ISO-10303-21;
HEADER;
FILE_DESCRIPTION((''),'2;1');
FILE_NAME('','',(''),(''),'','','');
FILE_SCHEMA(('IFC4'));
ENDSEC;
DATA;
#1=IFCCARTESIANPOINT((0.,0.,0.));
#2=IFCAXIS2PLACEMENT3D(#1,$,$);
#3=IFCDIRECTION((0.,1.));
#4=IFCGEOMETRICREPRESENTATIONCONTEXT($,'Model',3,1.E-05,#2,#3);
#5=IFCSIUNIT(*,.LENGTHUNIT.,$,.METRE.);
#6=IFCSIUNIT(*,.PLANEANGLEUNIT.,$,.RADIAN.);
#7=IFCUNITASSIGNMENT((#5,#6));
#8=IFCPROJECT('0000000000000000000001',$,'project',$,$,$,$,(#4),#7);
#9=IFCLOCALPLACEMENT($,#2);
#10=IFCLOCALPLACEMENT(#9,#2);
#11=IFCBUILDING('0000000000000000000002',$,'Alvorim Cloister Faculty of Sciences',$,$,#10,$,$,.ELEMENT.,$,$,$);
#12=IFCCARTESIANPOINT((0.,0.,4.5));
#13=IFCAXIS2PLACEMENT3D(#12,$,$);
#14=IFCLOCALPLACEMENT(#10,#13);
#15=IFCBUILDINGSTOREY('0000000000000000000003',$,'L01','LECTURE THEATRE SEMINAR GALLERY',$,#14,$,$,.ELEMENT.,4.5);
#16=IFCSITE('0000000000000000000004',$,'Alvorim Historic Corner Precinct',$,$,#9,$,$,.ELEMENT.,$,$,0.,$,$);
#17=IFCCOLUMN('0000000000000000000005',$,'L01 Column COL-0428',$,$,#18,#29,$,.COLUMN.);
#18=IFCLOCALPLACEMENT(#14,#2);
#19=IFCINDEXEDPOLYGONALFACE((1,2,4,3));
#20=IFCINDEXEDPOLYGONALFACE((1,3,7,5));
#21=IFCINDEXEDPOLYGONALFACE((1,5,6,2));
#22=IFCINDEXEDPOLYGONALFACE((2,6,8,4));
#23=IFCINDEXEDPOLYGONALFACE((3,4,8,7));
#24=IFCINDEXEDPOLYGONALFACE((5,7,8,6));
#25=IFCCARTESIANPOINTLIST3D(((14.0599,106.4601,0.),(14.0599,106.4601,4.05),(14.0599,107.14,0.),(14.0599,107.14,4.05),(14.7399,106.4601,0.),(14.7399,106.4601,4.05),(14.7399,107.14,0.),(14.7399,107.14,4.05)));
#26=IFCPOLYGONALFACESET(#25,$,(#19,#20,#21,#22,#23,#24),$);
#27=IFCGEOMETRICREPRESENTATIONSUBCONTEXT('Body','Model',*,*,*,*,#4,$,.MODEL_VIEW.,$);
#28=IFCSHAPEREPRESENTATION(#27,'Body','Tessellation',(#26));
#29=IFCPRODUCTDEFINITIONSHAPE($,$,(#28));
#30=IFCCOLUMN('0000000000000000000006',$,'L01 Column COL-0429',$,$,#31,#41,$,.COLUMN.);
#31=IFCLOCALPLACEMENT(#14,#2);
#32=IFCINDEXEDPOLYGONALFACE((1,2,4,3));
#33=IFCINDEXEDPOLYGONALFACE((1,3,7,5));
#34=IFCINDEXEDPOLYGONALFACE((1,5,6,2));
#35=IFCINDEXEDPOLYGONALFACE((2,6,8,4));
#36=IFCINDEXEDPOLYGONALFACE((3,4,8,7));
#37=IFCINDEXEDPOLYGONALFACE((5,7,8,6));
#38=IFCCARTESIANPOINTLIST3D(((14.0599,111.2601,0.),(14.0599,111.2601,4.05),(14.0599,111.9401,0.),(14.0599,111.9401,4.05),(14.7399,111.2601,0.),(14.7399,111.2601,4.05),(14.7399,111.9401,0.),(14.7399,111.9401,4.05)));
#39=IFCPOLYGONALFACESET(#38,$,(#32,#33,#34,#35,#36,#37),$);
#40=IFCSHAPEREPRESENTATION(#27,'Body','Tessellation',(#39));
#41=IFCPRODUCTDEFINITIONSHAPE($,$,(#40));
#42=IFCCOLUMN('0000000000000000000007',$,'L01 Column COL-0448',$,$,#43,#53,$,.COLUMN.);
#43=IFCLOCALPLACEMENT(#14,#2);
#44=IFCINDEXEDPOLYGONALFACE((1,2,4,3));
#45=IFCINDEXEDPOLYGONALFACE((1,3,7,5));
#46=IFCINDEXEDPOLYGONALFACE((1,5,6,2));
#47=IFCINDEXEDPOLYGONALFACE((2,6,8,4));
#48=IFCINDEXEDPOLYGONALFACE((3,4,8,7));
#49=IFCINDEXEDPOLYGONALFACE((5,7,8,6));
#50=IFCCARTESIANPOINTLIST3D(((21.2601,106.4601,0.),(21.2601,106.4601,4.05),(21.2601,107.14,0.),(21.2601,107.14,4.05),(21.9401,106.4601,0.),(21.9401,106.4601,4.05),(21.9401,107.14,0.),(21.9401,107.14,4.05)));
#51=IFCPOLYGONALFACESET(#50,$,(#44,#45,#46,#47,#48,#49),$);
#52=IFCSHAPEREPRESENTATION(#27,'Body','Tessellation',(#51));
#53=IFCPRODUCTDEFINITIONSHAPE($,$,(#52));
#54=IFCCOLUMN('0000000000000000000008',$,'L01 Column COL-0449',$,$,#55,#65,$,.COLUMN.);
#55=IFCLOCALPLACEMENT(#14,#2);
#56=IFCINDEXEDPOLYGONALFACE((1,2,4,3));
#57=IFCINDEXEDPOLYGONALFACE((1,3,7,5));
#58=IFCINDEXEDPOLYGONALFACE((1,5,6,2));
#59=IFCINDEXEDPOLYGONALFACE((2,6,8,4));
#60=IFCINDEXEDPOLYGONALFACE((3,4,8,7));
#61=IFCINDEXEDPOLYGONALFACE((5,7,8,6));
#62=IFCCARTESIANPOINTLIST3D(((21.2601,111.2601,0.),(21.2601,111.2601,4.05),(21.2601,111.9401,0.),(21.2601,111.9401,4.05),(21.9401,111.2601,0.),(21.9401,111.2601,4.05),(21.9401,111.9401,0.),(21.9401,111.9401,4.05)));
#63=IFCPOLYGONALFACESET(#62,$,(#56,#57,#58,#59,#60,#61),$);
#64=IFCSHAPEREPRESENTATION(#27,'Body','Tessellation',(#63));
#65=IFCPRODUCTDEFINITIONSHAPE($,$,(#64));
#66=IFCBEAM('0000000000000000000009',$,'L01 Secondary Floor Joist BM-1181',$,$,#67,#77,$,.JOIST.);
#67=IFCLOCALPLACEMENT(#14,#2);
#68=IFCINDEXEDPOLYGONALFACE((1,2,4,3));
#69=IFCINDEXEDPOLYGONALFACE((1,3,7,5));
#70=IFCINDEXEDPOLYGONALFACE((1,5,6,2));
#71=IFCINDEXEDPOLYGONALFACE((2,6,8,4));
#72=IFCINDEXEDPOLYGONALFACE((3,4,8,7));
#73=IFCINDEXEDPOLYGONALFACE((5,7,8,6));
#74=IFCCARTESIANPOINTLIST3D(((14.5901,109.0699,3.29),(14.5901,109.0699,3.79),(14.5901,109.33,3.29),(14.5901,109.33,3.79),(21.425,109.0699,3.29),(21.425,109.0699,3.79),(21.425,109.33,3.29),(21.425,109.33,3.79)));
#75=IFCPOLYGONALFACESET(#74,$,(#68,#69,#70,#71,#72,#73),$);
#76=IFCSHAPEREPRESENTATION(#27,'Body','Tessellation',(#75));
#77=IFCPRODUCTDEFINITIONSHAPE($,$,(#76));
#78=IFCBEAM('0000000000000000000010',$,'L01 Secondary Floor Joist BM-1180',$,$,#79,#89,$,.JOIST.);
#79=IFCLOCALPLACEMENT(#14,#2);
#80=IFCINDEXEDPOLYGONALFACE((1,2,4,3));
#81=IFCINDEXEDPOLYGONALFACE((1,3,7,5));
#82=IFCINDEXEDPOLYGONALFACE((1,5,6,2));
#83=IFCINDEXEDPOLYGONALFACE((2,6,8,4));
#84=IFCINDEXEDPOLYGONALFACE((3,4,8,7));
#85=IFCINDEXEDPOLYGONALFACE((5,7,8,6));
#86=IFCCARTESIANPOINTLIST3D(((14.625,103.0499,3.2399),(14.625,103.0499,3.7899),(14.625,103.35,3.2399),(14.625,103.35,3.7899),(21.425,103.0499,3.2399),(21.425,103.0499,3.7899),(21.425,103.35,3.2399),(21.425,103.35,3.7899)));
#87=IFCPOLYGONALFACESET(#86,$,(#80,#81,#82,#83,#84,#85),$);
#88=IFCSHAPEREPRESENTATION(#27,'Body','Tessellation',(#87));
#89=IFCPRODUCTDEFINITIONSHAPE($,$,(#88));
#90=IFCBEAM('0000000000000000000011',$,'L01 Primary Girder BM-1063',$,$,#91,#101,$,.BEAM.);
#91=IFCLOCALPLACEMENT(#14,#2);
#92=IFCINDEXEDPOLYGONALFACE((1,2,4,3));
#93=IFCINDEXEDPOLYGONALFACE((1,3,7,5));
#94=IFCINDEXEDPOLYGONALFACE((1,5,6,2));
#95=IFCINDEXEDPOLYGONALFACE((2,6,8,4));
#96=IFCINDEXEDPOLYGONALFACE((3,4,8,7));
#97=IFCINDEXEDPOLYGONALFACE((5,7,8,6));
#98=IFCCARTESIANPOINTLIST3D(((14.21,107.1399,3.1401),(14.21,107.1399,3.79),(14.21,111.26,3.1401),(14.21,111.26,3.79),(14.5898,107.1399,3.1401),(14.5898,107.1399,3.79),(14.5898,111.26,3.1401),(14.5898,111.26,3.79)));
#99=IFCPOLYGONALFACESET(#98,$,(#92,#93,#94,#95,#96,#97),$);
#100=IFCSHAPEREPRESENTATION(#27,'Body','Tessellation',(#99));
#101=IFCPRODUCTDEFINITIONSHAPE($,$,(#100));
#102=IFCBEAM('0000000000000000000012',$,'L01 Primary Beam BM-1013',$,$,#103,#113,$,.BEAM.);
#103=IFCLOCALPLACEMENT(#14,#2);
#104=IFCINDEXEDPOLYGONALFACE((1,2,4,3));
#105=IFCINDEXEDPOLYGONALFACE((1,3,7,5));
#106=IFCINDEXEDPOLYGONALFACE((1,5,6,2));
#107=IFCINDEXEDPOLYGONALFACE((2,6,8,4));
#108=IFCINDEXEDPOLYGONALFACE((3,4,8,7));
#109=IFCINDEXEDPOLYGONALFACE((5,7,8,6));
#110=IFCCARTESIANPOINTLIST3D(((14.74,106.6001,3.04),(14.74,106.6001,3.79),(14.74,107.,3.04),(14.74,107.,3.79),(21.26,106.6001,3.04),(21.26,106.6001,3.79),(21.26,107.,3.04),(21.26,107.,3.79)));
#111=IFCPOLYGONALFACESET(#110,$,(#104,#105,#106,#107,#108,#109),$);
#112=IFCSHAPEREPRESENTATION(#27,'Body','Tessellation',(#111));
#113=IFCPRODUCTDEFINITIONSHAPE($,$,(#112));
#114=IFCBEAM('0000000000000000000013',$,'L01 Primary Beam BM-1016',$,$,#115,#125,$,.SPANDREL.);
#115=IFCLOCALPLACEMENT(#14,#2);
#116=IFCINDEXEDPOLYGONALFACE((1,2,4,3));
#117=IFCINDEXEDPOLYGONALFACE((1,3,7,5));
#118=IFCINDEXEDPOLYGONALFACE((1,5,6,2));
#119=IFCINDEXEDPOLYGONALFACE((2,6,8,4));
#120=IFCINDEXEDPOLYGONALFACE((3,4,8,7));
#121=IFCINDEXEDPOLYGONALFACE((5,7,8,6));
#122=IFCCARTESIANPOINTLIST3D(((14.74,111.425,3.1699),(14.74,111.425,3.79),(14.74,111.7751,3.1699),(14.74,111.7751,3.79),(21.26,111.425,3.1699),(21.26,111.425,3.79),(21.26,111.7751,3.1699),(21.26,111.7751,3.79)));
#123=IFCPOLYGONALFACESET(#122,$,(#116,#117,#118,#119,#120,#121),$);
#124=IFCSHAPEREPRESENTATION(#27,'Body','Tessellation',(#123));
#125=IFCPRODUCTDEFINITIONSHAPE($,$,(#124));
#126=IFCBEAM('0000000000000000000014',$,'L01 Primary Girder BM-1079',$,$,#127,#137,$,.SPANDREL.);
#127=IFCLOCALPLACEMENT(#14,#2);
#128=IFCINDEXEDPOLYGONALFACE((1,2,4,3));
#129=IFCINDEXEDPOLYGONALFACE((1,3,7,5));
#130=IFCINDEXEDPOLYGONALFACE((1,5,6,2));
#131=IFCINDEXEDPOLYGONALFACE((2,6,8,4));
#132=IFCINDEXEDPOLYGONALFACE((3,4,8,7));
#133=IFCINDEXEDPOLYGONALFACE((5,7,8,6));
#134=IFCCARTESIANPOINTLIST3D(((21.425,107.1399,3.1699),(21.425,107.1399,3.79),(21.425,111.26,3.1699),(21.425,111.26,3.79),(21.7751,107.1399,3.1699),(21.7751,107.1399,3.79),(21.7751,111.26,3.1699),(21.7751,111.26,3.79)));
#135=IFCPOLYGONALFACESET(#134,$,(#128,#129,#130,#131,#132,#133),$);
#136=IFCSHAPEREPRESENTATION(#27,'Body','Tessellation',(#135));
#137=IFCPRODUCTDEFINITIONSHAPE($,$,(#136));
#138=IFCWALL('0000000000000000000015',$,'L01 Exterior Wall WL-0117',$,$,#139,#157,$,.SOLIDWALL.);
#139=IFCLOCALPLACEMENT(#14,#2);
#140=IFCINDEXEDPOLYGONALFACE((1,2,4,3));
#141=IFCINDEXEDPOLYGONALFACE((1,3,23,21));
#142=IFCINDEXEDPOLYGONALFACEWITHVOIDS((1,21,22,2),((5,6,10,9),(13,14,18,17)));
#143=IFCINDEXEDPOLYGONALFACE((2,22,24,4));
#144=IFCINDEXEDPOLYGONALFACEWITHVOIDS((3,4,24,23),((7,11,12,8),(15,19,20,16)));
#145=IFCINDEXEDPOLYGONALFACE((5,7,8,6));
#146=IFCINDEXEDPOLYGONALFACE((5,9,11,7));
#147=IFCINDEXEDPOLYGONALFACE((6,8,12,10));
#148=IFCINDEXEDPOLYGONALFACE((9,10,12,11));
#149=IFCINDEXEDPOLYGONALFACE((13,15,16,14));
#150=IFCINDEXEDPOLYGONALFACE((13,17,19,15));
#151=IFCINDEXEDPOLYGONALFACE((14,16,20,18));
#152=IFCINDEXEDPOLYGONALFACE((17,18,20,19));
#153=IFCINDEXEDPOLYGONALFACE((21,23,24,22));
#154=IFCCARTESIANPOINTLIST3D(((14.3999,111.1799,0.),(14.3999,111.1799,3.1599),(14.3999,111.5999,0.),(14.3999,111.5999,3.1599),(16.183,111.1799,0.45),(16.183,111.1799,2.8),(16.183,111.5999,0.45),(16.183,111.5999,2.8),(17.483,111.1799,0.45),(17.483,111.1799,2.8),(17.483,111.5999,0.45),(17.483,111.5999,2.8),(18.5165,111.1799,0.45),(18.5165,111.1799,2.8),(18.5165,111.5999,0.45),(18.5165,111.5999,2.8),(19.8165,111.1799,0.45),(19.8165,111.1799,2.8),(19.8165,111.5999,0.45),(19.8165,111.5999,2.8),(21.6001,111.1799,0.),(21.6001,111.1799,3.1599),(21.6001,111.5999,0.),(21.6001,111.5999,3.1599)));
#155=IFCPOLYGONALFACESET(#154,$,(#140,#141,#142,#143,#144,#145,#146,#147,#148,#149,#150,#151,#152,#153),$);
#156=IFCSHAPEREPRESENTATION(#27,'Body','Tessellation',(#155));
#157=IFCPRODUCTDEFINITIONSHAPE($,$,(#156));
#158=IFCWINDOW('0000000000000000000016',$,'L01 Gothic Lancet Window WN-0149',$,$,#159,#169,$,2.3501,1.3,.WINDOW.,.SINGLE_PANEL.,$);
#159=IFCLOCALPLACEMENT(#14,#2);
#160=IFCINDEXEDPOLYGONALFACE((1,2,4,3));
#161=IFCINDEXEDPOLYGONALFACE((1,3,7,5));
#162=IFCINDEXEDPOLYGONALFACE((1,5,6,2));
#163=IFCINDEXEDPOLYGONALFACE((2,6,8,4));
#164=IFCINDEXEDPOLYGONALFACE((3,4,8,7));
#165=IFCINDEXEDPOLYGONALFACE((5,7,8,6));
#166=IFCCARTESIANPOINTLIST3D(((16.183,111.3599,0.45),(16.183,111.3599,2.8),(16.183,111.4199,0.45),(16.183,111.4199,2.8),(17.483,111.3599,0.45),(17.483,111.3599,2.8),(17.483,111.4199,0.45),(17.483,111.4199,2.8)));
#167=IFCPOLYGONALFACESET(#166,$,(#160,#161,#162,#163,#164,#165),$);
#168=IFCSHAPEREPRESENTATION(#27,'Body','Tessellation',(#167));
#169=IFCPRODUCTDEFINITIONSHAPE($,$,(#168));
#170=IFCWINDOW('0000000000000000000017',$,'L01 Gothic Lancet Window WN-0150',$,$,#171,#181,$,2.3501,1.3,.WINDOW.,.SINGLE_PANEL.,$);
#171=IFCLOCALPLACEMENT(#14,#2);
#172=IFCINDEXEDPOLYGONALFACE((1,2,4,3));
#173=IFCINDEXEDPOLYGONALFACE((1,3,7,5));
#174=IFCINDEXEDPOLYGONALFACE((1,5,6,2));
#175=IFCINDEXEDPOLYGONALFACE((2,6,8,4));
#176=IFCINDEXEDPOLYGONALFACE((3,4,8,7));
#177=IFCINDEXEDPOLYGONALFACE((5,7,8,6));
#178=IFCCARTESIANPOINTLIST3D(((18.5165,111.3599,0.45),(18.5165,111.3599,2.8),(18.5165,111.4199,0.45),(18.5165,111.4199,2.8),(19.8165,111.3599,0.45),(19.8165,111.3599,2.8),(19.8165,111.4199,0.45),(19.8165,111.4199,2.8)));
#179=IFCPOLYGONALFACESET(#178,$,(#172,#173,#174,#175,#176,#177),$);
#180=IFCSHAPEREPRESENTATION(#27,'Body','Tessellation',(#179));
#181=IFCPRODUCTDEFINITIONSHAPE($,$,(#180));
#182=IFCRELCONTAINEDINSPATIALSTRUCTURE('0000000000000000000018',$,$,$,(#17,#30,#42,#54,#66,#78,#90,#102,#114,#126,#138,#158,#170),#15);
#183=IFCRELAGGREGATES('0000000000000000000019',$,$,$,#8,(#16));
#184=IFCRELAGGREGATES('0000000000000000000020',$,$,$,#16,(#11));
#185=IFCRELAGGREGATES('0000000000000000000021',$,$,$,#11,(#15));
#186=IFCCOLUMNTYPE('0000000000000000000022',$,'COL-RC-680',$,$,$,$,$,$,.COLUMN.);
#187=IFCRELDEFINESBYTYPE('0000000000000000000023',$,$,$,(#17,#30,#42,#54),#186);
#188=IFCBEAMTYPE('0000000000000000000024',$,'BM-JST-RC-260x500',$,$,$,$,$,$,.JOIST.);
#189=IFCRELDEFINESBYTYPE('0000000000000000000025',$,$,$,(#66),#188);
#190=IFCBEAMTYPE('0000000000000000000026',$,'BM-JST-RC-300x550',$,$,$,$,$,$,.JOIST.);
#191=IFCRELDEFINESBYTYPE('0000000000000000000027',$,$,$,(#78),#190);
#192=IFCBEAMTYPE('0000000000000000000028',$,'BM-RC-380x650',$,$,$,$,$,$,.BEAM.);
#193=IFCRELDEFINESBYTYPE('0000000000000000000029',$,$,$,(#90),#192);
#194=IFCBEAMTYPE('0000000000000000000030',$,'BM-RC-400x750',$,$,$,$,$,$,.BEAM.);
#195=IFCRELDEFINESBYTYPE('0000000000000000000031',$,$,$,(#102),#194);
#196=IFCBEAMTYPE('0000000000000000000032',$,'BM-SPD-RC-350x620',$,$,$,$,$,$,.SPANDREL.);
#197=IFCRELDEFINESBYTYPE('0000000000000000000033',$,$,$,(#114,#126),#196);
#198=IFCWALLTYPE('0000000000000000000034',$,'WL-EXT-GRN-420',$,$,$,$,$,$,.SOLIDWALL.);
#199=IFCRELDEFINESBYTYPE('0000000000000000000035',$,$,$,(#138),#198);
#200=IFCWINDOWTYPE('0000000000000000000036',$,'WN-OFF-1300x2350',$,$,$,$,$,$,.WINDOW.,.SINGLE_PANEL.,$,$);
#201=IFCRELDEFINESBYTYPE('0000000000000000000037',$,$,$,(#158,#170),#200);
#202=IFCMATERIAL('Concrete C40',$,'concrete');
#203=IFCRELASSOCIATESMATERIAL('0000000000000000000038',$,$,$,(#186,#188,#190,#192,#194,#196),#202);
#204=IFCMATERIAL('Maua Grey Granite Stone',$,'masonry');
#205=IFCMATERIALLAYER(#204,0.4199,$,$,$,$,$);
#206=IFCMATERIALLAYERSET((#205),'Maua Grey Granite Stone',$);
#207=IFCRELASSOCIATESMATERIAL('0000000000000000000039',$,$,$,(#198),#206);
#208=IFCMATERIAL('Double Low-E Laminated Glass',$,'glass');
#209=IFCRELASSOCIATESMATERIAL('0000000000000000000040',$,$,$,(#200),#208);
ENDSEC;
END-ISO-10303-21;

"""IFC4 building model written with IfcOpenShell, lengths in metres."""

from ifc_helpers import new_model, si_unit, direction, frame, frame_2d, origin, origin_2d, place, context, subcontext, project, spatial, rectangle, extrude, material, layer, layer_set, material_profile, profile_set, type_object, element, fill, save


model = new_model("IFC4")

# Units and contexts
model_context = context("Model", 3, precision=1e-05, world=origin(), true_north=direction((0.0, 1.0)))
body_context = subcontext(model_context, "Body", "Model", "MODEL_VIEW")
ifc_project = project(units=[si_unit("LENGTHUNIT", "METRE"), si_unit("PLANEANGLEUNIT", "RADIAN")], contexts=[model_context])

# Site, building, storey
site_placement = place(None, origin())
site = spatial("IfcSite", under=ifc_project, at=site_placement, Name="Alvorim Historic Corner Precinct", CompositionType="ELEMENT", RefElevation=0.0)
building_placement = place(site_placement, origin())
building = spatial("IfcBuilding", under=site, at=building_placement, Name="Alvorim Cloister Faculty of Sciences", CompositionType="ELEMENT")
storey_placement = place(building_placement, frame((0.0, 0.0, 4.5)))
storey = spatial("IfcBuildingStorey", under=building, at=storey_placement, Name="L01", Description="LECTURE THEATRE SEMINAR GALLERY", CompositionType="ELEMENT", Elevation=4.5)

# Columns
ifc_material_1 = material(Name="Concrete C40", Category="concrete")
ifc_material_profile_1 = material_profile(ifc_material_1, rectangle(XDim=0.6799, YDim=0.6799, at=origin_2d()), Name="RC40-COL-680x680")
ifc_profile_set_1 = profile_set([ifc_material_profile_1], Name="Concrete C40")
column_type = type_object("IfcColumnType", Name="COL-RC-680", PredefinedType="COLUMN", material=ifc_profile_set_1)
for number, where, z_axis, x_axis, name in (
    (1, (14.3999, 106.8, 0.0), (0.0, 0.0, 1.0), (1.0, 0.0, 0.0), "L01 Column COL-0428"),
    (2, (14.3999, 111.6001, 0.0), (0.0, 0.0, 1.0), (1.0, 0.0, 0.0), "L01 Column COL-0429"),
    (3, (21.6001, 106.8, 0.0), (0.0, 0.0, 1.0), (1.0, 0.0, 0.0), "L01 Column COL-0448"),
    (4, (21.6001, 111.6001, 0.0), (0.0, 0.0, 1.0), (1.0, 0.0, 0.0), "L01 Column COL-0449"),
):
    element("IfcColumn", number, at=place(storey_placement, frame(where, z_axis=z_axis, x_axis=x_axis)), inside=storey, type_object=column_type, Name=name, PredefinedType="COLUMN", context=body_context, shape_type="SweptSolid", body=[
        extrude(rectangle(XDim=0.6799, YDim=0.6799, at=origin_2d()), origin(), (0.0, 0.0, 1.0), 4.05),
    ])

# Beams
ifc_material_profile_2 = material_profile(ifc_material_1, rectangle(XDim=0.26, YDim=0.5, at=origin_2d()), Name="RC40-JST-260x500")
ifc_profile_set_2 = profile_set([ifc_material_profile_2], Name="Concrete C40")
beam_type_1 = type_object("IfcBeamType", Name="BM-JST-RC-260x500", PredefinedType="JOIST", material=ifc_profile_set_2)
beam_1_placement = place(storey_placement, frame((14.5901, 109.2, 3.54), z_axis=(1.0, 0.0, 0.0), x_axis=(0.0, 1.0, 0.0)))
element("IfcBeam", 5, at=beam_1_placement, inside=storey, type_object=beam_type_1, Name="L01 Secondary Floor Joist BM-1181", PredefinedType="JOIST", context=body_context, shape_type="SweptSolid", body=[
    extrude(rectangle(XDim=0.26, YDim=0.5, at=origin_2d()), origin(), (0.0, 0.0, 1.0), 6.835),
])
ifc_material_profile_3 = material_profile(ifc_material_1, rectangle(XDim=0.3, YDim=0.55, at=origin_2d()), Name="RC40-JST-300x550")
ifc_profile_set_3 = profile_set([ifc_material_profile_3], Name="Concrete C40")
beam_type_2 = type_object("IfcBeamType", Name="BM-JST-RC-300x550", PredefinedType="JOIST", material=ifc_profile_set_3)
beam_2_placement = place(storey_placement, frame((14.625, 103.2, 3.5149), z_axis=(1.0, 0.0, 0.0), x_axis=(0.0, 1.0, 0.0)))
element("IfcBeam", 6, at=beam_2_placement, inside=storey, type_object=beam_type_2, Name="L01 Secondary Floor Joist BM-1180", PredefinedType="JOIST", context=body_context, shape_type="SweptSolid", body=[
    extrude(rectangle(XDim=0.3, YDim=0.55, at=origin_2d()), origin(), (0.0, 0.0, 1.0), 6.8),
])
ifc_material_profile_4 = material_profile(ifc_material_1, rectangle(XDim=0.3799, YDim=0.6499, at=origin_2d()), Name="RC40-BM-380x650")
ifc_profile_set_4 = profile_set([ifc_material_profile_4], Name="Concrete C40")
beam_type_3 = type_object("IfcBeamType", Name="BM-RC-380x650", PredefinedType="BEAM", material=ifc_profile_set_4)
beam_3_placement = place(storey_placement, frame((14.3999, 107.1399, 3.4651), z_axis=(0.0, 1.0, 0.0), x_axis=(-1.0, 0.0, 0.0)))
element("IfcBeam", 7, at=beam_3_placement, inside=storey, type_object=beam_type_3, Name="L01 Primary Girder BM-1063", PredefinedType="BEAM", context=body_context, shape_type="SweptSolid", body=[
    extrude(rectangle(XDim=0.3799, YDim=0.6499, at=origin_2d()), origin(), (0.0, 0.0, 1.0), 4.1201),
])
ifc_material_profile_5 = material_profile(ifc_material_1, rectangle(XDim=0.3999, YDim=0.75, at=origin_2d()), Name="RC40-BM-400x750")
ifc_profile_set_5 = profile_set([ifc_material_profile_5], Name="Concrete C40")
beam_type_4 = type_object("IfcBeamType", Name="BM-RC-400x750", PredefinedType="BEAM", material=ifc_profile_set_5)
beam_4_placement = place(storey_placement, frame((14.74, 106.8, 3.415), z_axis=(1.0, 0.0, 0.0), x_axis=(0.0, 1.0, 0.0)))
element("IfcBeam", 8, at=beam_4_placement, inside=storey, type_object=beam_type_4, Name="L01 Primary Beam BM-1013", PredefinedType="BEAM", context=body_context, shape_type="SweptSolid", body=[
    extrude(rectangle(XDim=0.3999, YDim=0.75, at=origin_2d()), origin(), (0.0, 0.0, 1.0), 6.52),
])
ifc_material_profile_6 = material_profile(ifc_material_1, rectangle(XDim=0.3501, YDim=0.6201, at=origin_2d()), Name="RC40-SPD-350x620")
ifc_profile_set_6 = profile_set([ifc_material_profile_6], Name="Concrete C40")
beam_type_5 = type_object("IfcBeamType", Name="BM-SPD-RC-350x620", PredefinedType="SPANDREL", material=ifc_profile_set_6)
beam_5_placement = place(storey_placement, frame((14.74, 111.6001, 3.48), z_axis=(1.0, 0.0, 0.0), x_axis=(0.0, 1.0, 0.0)))
element("IfcBeam", 9, at=beam_5_placement, inside=storey, type_object=beam_type_5, Name="L01 Primary Beam BM-1016", PredefinedType="SPANDREL", context=body_context, shape_type="SweptSolid", body=[
    extrude(rectangle(XDim=0.3501, YDim=0.6201, at=origin_2d()), origin(), (0.0, 0.0, 1.0), 6.52),
])
beam_6_placement = place(storey_placement, frame((21.6001, 107.1399, 3.48), z_axis=(0.0, 1.0, 0.0), x_axis=(-1.0, 0.0, 0.0)))
element("IfcBeam", 10, at=beam_6_placement, inside=storey, type_object=beam_type_5, Name="L01 Primary Girder BM-1079", PredefinedType="SPANDREL", context=body_context, shape_type="SweptSolid", body=[
    extrude(rectangle(XDim=0.3501, YDim=0.6201, at=origin_2d()), origin(), (0.0, 0.0, 1.0), 4.1201),
])

# Wall, openings, windows
ifc_material_2 = material(Name="Maua Grey Granite Stone", Category="masonry")
ifc_layer_1 = layer(ifc_material_2, 0.4199)
ifc_layer_set_1 = layer_set([ifc_layer_1], Name="Maua Grey Granite Stone")
wall_type = type_object("IfcWallType", Name="WL-EXT-GRN-420", PredefinedType="SOLIDWALL", material=ifc_layer_set_1)
wall_1_placement = place(storey_placement, frame((14.3999, 111.3899, 0.0), z_axis=(0.0, 0.0, 1.0), x_axis=(1.0, 0.0, 0.0)))
wall_1 = element("IfcWall", 11, at=wall_1_placement, inside=storey, type_object=wall_type, Name="L01 Exterior Wall WL-0117", PredefinedType="SOLIDWALL", context=body_context, shape_type="SweptSolid", body=[
    extrude(rectangle(XDim=7.2002, YDim=0.4199, at=frame_2d((3.6001, 0.0))), origin(), (0.0, 0.0, 1.0), 3.1599),
])
opening_1_placement = place(wall_1_placement, frame((1.7832, 0.0, 0.45)))
opening_1 = element("IfcOpeningElement", 12, at=opening_1_placement, cuts=wall_1, PredefinedType="OPENING", context=body_context, shape_type="SweptSolid", body=[
    extrude(rectangle(XDim=1.3, YDim=2.3501, at=frame_2d((0.6499, 1.175))), frame((0.0, 0.2219, 0.0), z_axis=(0.0, -1.0, 0.0), x_axis=(1.0, 0.0, 0.0)), (0.0, 0.0, 1.0), 0.4438),
])
opening_2_placement = place(wall_1_placement, frame((4.1167, 0.0, 0.45)))
opening_2 = element("IfcOpeningElement", 13, at=opening_2_placement, cuts=wall_1, PredefinedType="OPENING", context=body_context, shape_type="SweptSolid", body=[
    extrude(rectangle(XDim=1.3, YDim=2.3501, at=frame_2d((0.6499, 1.175))), frame((0.0, 0.2219, 0.0), z_axis=(0.0, -1.0, 0.0), x_axis=(1.0, 0.0, 0.0)), (0.0, 0.0, 1.0), 0.4438),
])
ifc_material_3 = material(Name="Double Low-E Laminated Glass", Category="glass")
window_type_1 = type_object("IfcWindowType", Name="WN-OFF-1300x2350", PartitioningType="SINGLE_PANEL", PredefinedType="WINDOW", material=ifc_material_3)
window_1_placement = place(opening_1_placement, origin())
window_1 = element("IfcWindow", 14, at=window_1_placement, inside=storey, type_object=window_type_1, Name="L01 Gothic Lancet Window WN-0149", OverallHeight=2.3501, OverallWidth=1.3, PartitioningType="SINGLE_PANEL", PredefinedType="WINDOW", context=body_context, shape_type="SweptSolid", body=[
    extrude(rectangle(XDim=1.3, YDim=2.3501, at=frame_2d((0.6499, 1.175))), frame((0.0, 0.03, 0.0), z_axis=(0.0, -1.0, 0.0), x_axis=(1.0, 0.0, 0.0)), (0.0, 0.0, 1.0), 0.0601),
])
fill(opening_1, window_1)
window_2_placement = place(opening_2_placement, origin())
window_2 = element("IfcWindow", 15, at=window_2_placement, inside=storey, type_object=window_type_1, Name="L01 Gothic Lancet Window WN-0150", OverallHeight=2.3501, OverallWidth=1.3, PartitioningType="SINGLE_PANEL", PredefinedType="WINDOW", context=body_context, shape_type="SweptSolid", body=[
    extrude(rectangle(XDim=1.3, YDim=2.3501, at=frame_2d((0.6499, 1.175))), frame((0.0, 0.03, 0.0), z_axis=(0.0, -1.0, 0.0), x_axis=(1.0, 0.0, 0.0)), (0.0, 0.0, 1.0), 0.0601),
])
fill(opening_2, window_2)

save(model, "model.ifc")
